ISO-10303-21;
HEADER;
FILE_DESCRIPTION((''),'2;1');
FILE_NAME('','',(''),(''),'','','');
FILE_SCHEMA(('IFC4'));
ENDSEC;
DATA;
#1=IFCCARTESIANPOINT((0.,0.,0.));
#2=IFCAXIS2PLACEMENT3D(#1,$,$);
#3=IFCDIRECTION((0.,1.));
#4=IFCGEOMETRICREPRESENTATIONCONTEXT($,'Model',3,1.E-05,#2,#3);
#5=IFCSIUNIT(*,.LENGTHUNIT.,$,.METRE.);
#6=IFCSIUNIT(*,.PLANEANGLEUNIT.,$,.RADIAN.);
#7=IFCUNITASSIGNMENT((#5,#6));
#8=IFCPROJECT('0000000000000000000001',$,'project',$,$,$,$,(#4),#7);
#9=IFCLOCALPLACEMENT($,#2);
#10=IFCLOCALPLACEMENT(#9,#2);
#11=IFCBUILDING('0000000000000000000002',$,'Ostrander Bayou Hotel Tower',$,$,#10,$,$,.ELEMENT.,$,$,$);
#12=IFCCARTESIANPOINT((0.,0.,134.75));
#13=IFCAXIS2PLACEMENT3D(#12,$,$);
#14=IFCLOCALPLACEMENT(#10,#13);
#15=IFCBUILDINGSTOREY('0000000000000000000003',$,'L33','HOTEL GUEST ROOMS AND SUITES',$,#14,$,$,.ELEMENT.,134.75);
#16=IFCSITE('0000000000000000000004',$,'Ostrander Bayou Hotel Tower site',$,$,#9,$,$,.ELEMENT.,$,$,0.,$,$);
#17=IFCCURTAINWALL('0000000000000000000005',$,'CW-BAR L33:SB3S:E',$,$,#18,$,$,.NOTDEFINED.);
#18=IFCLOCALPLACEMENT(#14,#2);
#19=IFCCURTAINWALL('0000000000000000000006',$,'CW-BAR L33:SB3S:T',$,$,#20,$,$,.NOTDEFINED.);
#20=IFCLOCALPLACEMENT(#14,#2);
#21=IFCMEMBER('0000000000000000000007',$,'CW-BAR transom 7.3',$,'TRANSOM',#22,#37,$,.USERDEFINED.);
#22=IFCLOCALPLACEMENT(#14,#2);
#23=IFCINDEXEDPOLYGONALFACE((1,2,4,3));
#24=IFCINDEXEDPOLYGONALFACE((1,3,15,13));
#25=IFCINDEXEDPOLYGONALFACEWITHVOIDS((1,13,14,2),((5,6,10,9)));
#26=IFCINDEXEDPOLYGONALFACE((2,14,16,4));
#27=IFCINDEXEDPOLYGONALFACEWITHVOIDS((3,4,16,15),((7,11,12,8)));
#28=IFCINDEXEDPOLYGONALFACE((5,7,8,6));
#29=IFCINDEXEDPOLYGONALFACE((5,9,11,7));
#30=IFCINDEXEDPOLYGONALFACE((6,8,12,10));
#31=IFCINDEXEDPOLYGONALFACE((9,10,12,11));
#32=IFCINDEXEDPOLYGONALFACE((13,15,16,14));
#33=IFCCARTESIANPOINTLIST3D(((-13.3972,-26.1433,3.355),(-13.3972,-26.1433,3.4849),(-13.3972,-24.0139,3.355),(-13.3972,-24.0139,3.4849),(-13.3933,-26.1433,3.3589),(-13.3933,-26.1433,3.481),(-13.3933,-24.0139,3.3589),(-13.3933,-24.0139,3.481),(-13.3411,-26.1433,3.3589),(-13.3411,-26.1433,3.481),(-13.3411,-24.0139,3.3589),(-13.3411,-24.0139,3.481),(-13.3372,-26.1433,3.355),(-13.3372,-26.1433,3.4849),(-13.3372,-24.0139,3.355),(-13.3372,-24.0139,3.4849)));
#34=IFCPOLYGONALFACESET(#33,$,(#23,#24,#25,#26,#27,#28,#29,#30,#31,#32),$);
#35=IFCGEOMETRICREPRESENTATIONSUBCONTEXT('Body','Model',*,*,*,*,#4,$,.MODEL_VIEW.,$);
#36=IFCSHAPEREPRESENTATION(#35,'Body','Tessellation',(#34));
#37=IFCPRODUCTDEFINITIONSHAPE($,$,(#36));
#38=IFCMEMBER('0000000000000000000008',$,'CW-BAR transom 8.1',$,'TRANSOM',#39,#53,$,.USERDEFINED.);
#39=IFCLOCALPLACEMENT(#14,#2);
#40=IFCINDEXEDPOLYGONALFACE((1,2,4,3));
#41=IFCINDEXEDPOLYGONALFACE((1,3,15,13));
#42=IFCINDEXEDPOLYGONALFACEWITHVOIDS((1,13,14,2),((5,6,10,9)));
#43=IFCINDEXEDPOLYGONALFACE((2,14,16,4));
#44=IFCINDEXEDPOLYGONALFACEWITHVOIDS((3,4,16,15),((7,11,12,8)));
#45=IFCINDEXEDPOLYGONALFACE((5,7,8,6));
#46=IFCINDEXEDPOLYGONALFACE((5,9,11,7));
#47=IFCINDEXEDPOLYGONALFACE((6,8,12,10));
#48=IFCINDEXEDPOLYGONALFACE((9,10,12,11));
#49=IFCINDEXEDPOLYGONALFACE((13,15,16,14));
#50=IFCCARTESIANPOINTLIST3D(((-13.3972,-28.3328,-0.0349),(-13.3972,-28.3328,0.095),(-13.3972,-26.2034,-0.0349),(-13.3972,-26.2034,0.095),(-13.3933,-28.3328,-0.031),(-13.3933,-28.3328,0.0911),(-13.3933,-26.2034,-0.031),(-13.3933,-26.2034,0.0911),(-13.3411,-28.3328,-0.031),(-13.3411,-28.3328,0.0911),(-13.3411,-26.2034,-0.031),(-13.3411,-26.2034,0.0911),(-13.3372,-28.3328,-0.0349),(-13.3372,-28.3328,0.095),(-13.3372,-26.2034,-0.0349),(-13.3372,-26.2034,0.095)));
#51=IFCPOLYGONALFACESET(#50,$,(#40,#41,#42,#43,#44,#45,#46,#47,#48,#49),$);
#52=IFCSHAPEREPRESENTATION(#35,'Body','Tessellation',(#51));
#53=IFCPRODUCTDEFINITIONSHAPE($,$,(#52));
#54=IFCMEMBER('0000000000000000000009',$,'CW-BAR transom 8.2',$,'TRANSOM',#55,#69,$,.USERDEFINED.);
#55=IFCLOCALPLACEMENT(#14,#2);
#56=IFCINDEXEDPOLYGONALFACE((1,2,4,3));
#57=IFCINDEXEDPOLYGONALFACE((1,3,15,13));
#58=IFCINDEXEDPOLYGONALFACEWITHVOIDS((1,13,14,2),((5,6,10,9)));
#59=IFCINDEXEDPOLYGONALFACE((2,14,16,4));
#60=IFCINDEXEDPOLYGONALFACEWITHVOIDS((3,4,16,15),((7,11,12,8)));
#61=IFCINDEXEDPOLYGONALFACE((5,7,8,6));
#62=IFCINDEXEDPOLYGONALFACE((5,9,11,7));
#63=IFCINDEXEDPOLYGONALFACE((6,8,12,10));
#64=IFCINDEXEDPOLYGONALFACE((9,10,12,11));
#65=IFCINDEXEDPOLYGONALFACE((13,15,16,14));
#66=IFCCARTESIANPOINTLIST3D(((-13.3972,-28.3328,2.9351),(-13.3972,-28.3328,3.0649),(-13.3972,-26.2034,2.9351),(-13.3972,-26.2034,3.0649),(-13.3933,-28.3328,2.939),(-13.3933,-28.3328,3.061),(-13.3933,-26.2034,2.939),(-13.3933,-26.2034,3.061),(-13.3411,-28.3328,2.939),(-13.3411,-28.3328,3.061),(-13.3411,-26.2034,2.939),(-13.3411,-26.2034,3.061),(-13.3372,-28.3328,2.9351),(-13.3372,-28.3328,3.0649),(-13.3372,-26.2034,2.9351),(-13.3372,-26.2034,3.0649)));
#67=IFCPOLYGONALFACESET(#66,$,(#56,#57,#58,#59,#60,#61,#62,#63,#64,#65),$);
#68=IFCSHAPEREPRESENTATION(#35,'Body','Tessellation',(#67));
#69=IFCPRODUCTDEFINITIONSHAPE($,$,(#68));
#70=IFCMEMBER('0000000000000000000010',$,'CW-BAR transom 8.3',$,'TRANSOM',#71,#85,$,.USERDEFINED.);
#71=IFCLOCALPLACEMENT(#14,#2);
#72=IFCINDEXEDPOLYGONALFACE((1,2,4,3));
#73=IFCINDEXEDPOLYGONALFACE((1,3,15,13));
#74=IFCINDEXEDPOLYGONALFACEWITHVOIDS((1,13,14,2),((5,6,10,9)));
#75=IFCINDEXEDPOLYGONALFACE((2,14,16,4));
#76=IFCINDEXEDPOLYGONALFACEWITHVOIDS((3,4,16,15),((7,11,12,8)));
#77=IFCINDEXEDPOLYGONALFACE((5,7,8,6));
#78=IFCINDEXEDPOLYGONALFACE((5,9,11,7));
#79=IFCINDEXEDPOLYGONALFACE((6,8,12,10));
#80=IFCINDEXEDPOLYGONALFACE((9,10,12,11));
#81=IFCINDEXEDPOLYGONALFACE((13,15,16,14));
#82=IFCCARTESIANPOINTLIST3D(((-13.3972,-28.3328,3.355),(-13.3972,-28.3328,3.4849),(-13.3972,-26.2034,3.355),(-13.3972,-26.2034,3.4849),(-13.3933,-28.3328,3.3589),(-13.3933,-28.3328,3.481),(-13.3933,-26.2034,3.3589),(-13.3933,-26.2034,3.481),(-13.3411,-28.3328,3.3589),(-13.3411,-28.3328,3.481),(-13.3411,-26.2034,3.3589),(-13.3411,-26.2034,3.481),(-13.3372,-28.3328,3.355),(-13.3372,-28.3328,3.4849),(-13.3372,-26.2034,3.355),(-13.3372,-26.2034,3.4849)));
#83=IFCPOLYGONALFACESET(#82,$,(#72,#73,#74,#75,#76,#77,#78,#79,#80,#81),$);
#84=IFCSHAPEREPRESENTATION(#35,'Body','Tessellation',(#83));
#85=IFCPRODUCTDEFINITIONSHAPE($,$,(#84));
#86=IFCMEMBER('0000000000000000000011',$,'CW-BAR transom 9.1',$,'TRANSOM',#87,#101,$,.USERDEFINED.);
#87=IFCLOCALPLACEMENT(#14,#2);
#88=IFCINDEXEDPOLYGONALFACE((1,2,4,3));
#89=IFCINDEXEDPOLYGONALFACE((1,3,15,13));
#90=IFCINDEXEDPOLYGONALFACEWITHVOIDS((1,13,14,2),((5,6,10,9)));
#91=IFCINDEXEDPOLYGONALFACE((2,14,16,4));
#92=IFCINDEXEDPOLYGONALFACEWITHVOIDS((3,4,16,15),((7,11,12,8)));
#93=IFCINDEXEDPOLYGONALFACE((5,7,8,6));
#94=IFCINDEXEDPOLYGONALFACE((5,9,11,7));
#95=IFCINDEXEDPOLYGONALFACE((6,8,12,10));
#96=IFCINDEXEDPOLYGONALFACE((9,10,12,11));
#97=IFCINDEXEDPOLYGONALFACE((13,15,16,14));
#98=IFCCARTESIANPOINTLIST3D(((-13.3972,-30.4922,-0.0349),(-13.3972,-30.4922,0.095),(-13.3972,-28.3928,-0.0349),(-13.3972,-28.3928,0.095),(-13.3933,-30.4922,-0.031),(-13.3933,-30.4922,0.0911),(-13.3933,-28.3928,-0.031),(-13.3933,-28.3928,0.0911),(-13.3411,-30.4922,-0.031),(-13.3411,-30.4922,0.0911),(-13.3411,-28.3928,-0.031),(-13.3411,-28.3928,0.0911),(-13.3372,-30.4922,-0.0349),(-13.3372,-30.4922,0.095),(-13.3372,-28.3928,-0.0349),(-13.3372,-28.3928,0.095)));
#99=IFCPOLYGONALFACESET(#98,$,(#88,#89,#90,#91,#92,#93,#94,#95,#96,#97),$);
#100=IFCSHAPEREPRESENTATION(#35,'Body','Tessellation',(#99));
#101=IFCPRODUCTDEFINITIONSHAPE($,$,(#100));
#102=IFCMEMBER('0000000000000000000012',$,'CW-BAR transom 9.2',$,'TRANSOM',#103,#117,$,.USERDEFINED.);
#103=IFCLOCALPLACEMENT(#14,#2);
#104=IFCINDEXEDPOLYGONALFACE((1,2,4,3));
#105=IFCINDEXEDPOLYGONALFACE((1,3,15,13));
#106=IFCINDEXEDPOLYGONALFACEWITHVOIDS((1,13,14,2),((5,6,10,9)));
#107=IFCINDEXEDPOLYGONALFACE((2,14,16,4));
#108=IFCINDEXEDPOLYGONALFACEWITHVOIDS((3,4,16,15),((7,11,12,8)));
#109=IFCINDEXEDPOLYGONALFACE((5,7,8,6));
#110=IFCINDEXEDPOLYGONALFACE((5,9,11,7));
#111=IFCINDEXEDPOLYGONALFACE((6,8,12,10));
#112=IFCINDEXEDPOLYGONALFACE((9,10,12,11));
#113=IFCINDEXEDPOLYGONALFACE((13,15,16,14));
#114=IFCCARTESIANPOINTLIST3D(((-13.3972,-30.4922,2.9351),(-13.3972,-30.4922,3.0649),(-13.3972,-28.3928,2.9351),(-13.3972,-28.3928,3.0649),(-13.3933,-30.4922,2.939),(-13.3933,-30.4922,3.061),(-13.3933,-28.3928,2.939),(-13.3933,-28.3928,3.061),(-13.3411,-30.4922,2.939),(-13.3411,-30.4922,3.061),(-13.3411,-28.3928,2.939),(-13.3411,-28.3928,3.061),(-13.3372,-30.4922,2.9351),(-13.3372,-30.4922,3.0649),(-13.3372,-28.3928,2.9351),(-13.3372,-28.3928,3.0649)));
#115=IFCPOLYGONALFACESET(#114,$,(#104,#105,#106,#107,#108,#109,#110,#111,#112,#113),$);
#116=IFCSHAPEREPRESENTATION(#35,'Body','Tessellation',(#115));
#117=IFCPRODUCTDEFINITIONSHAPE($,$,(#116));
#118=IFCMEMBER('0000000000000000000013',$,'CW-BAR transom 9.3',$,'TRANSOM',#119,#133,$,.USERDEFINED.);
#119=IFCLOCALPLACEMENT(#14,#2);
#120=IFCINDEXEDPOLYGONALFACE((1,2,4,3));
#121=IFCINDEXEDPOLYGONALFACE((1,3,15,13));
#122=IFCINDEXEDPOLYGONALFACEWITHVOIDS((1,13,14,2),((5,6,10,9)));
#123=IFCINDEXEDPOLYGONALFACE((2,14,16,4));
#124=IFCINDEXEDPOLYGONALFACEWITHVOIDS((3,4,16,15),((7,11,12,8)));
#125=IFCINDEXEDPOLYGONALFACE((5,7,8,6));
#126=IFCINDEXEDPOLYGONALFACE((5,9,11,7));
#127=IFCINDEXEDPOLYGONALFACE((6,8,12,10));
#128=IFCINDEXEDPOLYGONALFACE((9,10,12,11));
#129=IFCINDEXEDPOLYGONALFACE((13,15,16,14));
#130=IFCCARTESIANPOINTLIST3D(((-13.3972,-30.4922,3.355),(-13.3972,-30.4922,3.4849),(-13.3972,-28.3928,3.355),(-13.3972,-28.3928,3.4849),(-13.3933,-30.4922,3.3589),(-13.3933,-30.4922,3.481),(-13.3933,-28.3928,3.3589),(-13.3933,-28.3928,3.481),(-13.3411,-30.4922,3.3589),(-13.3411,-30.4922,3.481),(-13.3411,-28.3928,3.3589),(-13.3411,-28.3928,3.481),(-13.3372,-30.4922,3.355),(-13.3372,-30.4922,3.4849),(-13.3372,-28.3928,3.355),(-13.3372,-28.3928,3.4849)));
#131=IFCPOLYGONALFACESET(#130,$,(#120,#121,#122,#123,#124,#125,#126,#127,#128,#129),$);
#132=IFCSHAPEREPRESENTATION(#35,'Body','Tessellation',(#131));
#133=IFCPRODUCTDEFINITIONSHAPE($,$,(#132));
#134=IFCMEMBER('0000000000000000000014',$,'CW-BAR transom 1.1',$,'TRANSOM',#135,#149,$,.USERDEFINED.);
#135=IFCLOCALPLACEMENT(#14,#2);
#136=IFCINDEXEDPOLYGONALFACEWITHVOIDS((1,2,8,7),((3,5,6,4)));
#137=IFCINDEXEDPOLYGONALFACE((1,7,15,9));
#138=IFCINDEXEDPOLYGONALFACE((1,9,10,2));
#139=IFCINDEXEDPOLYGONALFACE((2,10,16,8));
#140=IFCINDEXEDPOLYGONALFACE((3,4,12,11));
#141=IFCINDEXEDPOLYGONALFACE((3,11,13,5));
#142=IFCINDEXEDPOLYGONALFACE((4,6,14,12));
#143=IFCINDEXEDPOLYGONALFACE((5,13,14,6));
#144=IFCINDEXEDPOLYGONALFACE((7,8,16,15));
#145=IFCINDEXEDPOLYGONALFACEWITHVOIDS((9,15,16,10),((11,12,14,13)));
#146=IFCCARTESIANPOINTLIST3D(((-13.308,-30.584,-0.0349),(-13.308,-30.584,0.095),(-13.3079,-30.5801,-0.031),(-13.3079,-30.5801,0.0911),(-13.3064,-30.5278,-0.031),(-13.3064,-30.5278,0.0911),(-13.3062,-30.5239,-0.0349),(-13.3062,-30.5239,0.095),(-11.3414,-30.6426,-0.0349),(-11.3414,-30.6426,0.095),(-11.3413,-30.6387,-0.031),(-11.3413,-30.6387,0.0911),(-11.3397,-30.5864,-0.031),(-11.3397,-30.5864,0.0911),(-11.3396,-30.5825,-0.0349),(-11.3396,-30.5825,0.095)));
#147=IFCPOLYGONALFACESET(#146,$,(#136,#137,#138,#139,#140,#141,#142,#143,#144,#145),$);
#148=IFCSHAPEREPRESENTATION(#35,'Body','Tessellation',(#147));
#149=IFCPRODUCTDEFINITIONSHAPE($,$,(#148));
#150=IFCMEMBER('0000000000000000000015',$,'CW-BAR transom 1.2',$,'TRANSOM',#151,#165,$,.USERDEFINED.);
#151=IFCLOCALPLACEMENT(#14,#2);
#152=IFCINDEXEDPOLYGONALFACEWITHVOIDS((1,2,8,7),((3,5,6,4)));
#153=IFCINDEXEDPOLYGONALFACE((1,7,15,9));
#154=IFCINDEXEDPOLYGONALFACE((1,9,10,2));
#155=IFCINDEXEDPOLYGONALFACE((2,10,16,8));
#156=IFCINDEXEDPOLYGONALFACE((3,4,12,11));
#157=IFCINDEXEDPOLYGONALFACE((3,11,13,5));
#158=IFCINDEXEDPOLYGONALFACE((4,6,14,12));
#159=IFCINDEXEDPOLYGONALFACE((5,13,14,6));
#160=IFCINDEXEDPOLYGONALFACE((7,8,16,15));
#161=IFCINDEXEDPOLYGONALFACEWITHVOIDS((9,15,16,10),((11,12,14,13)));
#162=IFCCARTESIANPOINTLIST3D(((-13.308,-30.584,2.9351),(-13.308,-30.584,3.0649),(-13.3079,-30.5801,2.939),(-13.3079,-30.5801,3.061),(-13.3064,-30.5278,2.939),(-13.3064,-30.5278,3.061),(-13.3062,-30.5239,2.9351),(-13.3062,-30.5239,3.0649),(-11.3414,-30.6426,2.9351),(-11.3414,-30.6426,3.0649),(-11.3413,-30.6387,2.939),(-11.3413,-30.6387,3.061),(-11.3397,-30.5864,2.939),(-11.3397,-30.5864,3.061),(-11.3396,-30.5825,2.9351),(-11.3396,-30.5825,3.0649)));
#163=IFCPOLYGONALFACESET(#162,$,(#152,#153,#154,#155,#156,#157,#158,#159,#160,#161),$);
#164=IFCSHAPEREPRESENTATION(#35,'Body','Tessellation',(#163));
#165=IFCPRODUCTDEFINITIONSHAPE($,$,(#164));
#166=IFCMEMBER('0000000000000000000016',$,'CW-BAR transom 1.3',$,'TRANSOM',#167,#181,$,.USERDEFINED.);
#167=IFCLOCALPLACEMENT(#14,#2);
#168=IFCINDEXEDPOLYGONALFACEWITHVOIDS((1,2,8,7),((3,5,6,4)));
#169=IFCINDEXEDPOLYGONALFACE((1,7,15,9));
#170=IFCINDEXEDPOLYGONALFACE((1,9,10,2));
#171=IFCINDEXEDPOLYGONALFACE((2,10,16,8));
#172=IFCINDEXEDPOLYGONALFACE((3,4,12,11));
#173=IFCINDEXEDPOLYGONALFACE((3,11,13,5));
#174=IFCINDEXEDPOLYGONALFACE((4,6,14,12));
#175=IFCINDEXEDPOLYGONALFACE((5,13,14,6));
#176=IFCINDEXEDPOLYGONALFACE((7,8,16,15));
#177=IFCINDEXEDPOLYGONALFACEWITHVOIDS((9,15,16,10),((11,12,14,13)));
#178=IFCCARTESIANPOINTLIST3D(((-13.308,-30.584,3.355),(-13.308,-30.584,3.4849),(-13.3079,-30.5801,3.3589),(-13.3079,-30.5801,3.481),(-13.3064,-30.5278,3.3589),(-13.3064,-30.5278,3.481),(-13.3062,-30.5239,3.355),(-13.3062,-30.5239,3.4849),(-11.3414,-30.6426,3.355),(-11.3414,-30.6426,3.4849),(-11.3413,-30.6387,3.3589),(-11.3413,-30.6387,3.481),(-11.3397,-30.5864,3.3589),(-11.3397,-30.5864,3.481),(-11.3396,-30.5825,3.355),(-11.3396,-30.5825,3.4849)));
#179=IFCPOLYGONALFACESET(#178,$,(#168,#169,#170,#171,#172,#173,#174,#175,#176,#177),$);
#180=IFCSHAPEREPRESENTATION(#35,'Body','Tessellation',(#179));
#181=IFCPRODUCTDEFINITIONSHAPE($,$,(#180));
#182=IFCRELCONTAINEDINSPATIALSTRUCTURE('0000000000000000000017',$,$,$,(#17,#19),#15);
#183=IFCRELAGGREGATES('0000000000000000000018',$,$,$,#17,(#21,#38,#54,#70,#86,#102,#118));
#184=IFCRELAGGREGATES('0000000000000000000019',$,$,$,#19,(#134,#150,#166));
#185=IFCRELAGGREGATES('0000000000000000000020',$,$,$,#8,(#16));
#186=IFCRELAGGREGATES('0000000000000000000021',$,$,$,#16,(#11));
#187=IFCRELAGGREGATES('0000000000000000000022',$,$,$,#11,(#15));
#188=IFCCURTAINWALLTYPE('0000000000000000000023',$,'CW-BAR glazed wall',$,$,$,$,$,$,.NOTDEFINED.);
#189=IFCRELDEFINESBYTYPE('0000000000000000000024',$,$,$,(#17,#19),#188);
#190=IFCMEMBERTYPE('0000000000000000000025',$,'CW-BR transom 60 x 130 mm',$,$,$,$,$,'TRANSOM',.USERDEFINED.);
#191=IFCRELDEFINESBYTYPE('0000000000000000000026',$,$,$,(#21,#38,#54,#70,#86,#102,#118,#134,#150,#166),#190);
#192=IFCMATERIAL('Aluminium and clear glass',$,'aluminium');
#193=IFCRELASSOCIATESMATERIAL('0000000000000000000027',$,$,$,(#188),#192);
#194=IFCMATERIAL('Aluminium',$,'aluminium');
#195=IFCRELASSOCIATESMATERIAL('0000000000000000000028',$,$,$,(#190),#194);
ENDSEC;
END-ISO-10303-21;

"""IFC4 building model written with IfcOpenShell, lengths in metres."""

from ifc_helpers import new_model, si_unit, direction, frame, origin, origin_2d, place, context, subcontext, project, spatial, hollow_rectangle, extrude, material, material_profile, profile_set, type_object, element, aggregate, save


model = new_model("IFC4")

# Units and contexts
model_context = context("Model", 3, precision=1e-05, world=origin(), true_north=direction((0.0, 1.0)))
body_context = subcontext(model_context, "Body", "Model", "MODEL_VIEW")
ifc_project = project(units=[si_unit("LENGTHUNIT", "METRE"), si_unit("PLANEANGLEUNIT", "RADIAN")], contexts=[model_context])

# Site, building, storey
site_placement = place(None, origin())
site = spatial("IfcSite", under=ifc_project, at=site_placement, Name="Ostrander Bayou Hotel Tower site", CompositionType="ELEMENT", RefElevation=0.0)
building_placement = place(site_placement, origin())
building = spatial("IfcBuilding", under=site, at=building_placement, Name="Ostrander Bayou Hotel Tower", CompositionType="ELEMENT")
storey_placement = place(building_placement, frame((0.0, 0.0, 134.75)))
storey = spatial("IfcBuildingStorey", under=building, at=storey_placement, Name="L33", Description="HOTEL GUEST ROOMS AND SUITES", CompositionType="ELEMENT", Elevation=134.75)

# Curtain wall
ifc_material_1 = material(Name="Aluminium and clear glass", Category="aluminium")
curtain_wall_type = type_object("IfcCurtainWallType", Name="CW-BAR glazed wall", PredefinedType="NOTDEFINED", material=ifc_material_1)
curtain_wall_1_placement = place(storey_placement, origin())
curtain_wall_1 = element("IfcCurtainWall", 1, at=curtain_wall_1_placement, inside=storey, type_object=curtain_wall_type, Name="CW-BAR L33:SB3S:E", PredefinedType="NOTDEFINED")

# Curtain wall
curtain_wall_2_placement = place(storey_placement, origin())
curtain_wall_2 = element("IfcCurtainWall", 2, at=curtain_wall_2_placement, inside=storey, type_object=curtain_wall_type, Name="CW-BAR L33:SB3S:T", PredefinedType="NOTDEFINED")

# Members
ifc_material_2 = material(Name="Aluminium", Category="aluminium")
ifc_material_profile_1 = material_profile(ifc_material_2, hollow_rectangle(XDim=0.0601, YDim=0.1299, WallThickness=0.0039, at=origin_2d()))
ifc_profile_set_1 = profile_set([ifc_material_profile_1], Name="Aluminium")
member_type_1 = type_object("IfcMemberType", Name="CW-BR transom 60 x 130 mm", ElementType="TRANSOM", PredefinedType="USERDEFINED", material=ifc_profile_set_1)
member_1_placement = place(storey_placement, frame((-13.3672, -24.0139, 3.4199), z_axis=(0.0, -1.0, 0.0), x_axis=(1.0, 0.0, 0.0)))
member_1 = element("IfcMember", 3, at=member_1_placement, type_object=member_type_1, Name="CW-BAR transom 7.3", ObjectType="TRANSOM", PredefinedType="USERDEFINED", context=body_context, shape_type="SweptSolid", body=[
    extrude(hollow_rectangle(XDim=0.0601, YDim=0.1299, WallThickness=0.0039, at=origin_2d()), origin(), (0.0, 0.0, 1.0), 2.1294),
])
member_2_placement = place(storey_placement, frame((-13.3672, -26.2034, 0.03), z_axis=(0.0, -1.0, 0.0), x_axis=(1.0, 0.0, 0.0)))
member_2 = element("IfcMember", 4, at=member_2_placement, type_object=member_type_1, Name="CW-BAR transom 8.1", ObjectType="TRANSOM", PredefinedType="USERDEFINED", context=body_context, shape_type="SweptSolid", body=[
    extrude(hollow_rectangle(XDim=0.0601, YDim=0.1299, WallThickness=0.0039, at=origin_2d()), origin(), (0.0, 0.0, 1.0), 2.1294),
])
member_3_placement = place(storey_placement, frame((-13.3672, -26.2034, 3.0), z_axis=(0.0, -1.0, 0.0), x_axis=(1.0, 0.0, 0.0)))
member_3 = element("IfcMember", 5, at=member_3_placement, type_object=member_type_1, Name="CW-BAR transom 8.2", ObjectType="TRANSOM", PredefinedType="USERDEFINED", context=body_context, shape_type="SweptSolid", body=[
    extrude(hollow_rectangle(XDim=0.0601, YDim=0.1299, WallThickness=0.0039, at=origin_2d()), origin(), (0.0, 0.0, 1.0), 2.1294),
])
member_4_placement = place(storey_placement, frame((-13.3672, -26.2034, 3.4199), z_axis=(0.0, -1.0, 0.0), x_axis=(1.0, 0.0, 0.0)))
member_4 = element("IfcMember", 6, at=member_4_placement, type_object=member_type_1, Name="CW-BAR transom 8.3", ObjectType="TRANSOM", PredefinedType="USERDEFINED", context=body_context, shape_type="SweptSolid", body=[
    extrude(hollow_rectangle(XDim=0.0601, YDim=0.1299, WallThickness=0.0039, at=origin_2d()), origin(), (0.0, 0.0, 1.0), 2.1294),
])
member_5_placement = place(storey_placement, frame((-13.3672, -28.3928, 0.03), z_axis=(0.0, -1.0, 0.0), x_axis=(1.0, 0.0, 0.0)))
member_5 = element("IfcMember", 7, at=member_5_placement, type_object=member_type_1, Name="CW-BAR transom 9.1", ObjectType="TRANSOM", PredefinedType="USERDEFINED", context=body_context, shape_type="SweptSolid", body=[
    extrude(hollow_rectangle(XDim=0.0601, YDim=0.1299, WallThickness=0.0039, at=origin_2d()), origin(), (0.0, 0.0, 1.0), 2.0994),
])
member_6_placement = place(storey_placement, frame((-13.3672, -28.3928, 3.0), z_axis=(0.0, -1.0, 0.0), x_axis=(1.0, 0.0, 0.0)))
member_6 = element("IfcMember", 8, at=member_6_placement, type_object=member_type_1, Name="CW-BAR transom 9.2", ObjectType="TRANSOM", PredefinedType="USERDEFINED", context=body_context, shape_type="SweptSolid", body=[
    extrude(hollow_rectangle(XDim=0.0601, YDim=0.1299, WallThickness=0.0039, at=origin_2d()), origin(), (0.0, 0.0, 1.0), 2.0994),
])
member_7_placement = place(storey_placement, frame((-13.3672, -28.3928, 3.4199), z_axis=(0.0, -1.0, 0.0), x_axis=(1.0, 0.0, 0.0)))
member_7 = element("IfcMember", 9, at=member_7_placement, type_object=member_type_1, Name="CW-BAR transom 9.3", ObjectType="TRANSOM", PredefinedType="USERDEFINED", context=body_context, shape_type="SweptSolid", body=[
    extrude(hollow_rectangle(XDim=0.0601, YDim=0.1299, WallThickness=0.0039, at=origin_2d()), origin(), (0.0, 0.0, 1.0), 2.0994),
])
member_8_placement = place(storey_placement, frame((-13.3071, -30.554, 0.03), z_axis=(0.999556, -0.029782, 0.0), x_axis=(0.029782, 0.999556, 0.0)))
member_8 = element("IfcMember", 10, at=member_8_placement, type_object=member_type_1, Name="CW-BAR transom 1.1", ObjectType="TRANSOM", PredefinedType="USERDEFINED", context=body_context, shape_type="SweptSolid", body=[
    extrude(hollow_rectangle(XDim=0.0601, YDim=0.1299, WallThickness=0.0039, at=origin_2d()), origin(), (0.0, 0.0, 1.0), 1.9675),
])
member_9_placement = place(storey_placement, frame((-13.3071, -30.554, 3.0), z_axis=(0.999556, -0.029782, 0.0), x_axis=(0.029782, 0.999556, 0.0)))
member_9 = element("IfcMember", 11, at=member_9_placement, type_object=member_type_1, Name="CW-BAR transom 1.2", ObjectType="TRANSOM", PredefinedType="USERDEFINED", context=body_context, shape_type="SweptSolid", body=[
    extrude(hollow_rectangle(XDim=0.0601, YDim=0.1299, WallThickness=0.0039, at=origin_2d()), origin(), (0.0, 0.0, 1.0), 1.9675),
])
member_10_placement = place(storey_placement, frame((-13.3071, -30.554, 3.4199), z_axis=(0.999556, -0.029782, 0.0), x_axis=(0.029782, 0.999556, 0.0)))
member_10 = element("IfcMember", 12, at=member_10_placement, type_object=member_type_1, Name="CW-BAR transom 1.3", ObjectType="TRANSOM", PredefinedType="USERDEFINED", context=body_context, shape_type="SweptSolid", body=[
    extrude(hollow_rectangle(XDim=0.0601, YDim=0.1299, WallThickness=0.0039, at=origin_2d()), origin(), (0.0, 0.0, 1.0), 1.9675),
])

aggregate(curtain_wall_1, [member_1, member_2, member_3, member_4, member_5, member_6, member_7])
aggregate(curtain_wall_2, [member_8, member_9, member_10])

save(model, "model.ifc")
